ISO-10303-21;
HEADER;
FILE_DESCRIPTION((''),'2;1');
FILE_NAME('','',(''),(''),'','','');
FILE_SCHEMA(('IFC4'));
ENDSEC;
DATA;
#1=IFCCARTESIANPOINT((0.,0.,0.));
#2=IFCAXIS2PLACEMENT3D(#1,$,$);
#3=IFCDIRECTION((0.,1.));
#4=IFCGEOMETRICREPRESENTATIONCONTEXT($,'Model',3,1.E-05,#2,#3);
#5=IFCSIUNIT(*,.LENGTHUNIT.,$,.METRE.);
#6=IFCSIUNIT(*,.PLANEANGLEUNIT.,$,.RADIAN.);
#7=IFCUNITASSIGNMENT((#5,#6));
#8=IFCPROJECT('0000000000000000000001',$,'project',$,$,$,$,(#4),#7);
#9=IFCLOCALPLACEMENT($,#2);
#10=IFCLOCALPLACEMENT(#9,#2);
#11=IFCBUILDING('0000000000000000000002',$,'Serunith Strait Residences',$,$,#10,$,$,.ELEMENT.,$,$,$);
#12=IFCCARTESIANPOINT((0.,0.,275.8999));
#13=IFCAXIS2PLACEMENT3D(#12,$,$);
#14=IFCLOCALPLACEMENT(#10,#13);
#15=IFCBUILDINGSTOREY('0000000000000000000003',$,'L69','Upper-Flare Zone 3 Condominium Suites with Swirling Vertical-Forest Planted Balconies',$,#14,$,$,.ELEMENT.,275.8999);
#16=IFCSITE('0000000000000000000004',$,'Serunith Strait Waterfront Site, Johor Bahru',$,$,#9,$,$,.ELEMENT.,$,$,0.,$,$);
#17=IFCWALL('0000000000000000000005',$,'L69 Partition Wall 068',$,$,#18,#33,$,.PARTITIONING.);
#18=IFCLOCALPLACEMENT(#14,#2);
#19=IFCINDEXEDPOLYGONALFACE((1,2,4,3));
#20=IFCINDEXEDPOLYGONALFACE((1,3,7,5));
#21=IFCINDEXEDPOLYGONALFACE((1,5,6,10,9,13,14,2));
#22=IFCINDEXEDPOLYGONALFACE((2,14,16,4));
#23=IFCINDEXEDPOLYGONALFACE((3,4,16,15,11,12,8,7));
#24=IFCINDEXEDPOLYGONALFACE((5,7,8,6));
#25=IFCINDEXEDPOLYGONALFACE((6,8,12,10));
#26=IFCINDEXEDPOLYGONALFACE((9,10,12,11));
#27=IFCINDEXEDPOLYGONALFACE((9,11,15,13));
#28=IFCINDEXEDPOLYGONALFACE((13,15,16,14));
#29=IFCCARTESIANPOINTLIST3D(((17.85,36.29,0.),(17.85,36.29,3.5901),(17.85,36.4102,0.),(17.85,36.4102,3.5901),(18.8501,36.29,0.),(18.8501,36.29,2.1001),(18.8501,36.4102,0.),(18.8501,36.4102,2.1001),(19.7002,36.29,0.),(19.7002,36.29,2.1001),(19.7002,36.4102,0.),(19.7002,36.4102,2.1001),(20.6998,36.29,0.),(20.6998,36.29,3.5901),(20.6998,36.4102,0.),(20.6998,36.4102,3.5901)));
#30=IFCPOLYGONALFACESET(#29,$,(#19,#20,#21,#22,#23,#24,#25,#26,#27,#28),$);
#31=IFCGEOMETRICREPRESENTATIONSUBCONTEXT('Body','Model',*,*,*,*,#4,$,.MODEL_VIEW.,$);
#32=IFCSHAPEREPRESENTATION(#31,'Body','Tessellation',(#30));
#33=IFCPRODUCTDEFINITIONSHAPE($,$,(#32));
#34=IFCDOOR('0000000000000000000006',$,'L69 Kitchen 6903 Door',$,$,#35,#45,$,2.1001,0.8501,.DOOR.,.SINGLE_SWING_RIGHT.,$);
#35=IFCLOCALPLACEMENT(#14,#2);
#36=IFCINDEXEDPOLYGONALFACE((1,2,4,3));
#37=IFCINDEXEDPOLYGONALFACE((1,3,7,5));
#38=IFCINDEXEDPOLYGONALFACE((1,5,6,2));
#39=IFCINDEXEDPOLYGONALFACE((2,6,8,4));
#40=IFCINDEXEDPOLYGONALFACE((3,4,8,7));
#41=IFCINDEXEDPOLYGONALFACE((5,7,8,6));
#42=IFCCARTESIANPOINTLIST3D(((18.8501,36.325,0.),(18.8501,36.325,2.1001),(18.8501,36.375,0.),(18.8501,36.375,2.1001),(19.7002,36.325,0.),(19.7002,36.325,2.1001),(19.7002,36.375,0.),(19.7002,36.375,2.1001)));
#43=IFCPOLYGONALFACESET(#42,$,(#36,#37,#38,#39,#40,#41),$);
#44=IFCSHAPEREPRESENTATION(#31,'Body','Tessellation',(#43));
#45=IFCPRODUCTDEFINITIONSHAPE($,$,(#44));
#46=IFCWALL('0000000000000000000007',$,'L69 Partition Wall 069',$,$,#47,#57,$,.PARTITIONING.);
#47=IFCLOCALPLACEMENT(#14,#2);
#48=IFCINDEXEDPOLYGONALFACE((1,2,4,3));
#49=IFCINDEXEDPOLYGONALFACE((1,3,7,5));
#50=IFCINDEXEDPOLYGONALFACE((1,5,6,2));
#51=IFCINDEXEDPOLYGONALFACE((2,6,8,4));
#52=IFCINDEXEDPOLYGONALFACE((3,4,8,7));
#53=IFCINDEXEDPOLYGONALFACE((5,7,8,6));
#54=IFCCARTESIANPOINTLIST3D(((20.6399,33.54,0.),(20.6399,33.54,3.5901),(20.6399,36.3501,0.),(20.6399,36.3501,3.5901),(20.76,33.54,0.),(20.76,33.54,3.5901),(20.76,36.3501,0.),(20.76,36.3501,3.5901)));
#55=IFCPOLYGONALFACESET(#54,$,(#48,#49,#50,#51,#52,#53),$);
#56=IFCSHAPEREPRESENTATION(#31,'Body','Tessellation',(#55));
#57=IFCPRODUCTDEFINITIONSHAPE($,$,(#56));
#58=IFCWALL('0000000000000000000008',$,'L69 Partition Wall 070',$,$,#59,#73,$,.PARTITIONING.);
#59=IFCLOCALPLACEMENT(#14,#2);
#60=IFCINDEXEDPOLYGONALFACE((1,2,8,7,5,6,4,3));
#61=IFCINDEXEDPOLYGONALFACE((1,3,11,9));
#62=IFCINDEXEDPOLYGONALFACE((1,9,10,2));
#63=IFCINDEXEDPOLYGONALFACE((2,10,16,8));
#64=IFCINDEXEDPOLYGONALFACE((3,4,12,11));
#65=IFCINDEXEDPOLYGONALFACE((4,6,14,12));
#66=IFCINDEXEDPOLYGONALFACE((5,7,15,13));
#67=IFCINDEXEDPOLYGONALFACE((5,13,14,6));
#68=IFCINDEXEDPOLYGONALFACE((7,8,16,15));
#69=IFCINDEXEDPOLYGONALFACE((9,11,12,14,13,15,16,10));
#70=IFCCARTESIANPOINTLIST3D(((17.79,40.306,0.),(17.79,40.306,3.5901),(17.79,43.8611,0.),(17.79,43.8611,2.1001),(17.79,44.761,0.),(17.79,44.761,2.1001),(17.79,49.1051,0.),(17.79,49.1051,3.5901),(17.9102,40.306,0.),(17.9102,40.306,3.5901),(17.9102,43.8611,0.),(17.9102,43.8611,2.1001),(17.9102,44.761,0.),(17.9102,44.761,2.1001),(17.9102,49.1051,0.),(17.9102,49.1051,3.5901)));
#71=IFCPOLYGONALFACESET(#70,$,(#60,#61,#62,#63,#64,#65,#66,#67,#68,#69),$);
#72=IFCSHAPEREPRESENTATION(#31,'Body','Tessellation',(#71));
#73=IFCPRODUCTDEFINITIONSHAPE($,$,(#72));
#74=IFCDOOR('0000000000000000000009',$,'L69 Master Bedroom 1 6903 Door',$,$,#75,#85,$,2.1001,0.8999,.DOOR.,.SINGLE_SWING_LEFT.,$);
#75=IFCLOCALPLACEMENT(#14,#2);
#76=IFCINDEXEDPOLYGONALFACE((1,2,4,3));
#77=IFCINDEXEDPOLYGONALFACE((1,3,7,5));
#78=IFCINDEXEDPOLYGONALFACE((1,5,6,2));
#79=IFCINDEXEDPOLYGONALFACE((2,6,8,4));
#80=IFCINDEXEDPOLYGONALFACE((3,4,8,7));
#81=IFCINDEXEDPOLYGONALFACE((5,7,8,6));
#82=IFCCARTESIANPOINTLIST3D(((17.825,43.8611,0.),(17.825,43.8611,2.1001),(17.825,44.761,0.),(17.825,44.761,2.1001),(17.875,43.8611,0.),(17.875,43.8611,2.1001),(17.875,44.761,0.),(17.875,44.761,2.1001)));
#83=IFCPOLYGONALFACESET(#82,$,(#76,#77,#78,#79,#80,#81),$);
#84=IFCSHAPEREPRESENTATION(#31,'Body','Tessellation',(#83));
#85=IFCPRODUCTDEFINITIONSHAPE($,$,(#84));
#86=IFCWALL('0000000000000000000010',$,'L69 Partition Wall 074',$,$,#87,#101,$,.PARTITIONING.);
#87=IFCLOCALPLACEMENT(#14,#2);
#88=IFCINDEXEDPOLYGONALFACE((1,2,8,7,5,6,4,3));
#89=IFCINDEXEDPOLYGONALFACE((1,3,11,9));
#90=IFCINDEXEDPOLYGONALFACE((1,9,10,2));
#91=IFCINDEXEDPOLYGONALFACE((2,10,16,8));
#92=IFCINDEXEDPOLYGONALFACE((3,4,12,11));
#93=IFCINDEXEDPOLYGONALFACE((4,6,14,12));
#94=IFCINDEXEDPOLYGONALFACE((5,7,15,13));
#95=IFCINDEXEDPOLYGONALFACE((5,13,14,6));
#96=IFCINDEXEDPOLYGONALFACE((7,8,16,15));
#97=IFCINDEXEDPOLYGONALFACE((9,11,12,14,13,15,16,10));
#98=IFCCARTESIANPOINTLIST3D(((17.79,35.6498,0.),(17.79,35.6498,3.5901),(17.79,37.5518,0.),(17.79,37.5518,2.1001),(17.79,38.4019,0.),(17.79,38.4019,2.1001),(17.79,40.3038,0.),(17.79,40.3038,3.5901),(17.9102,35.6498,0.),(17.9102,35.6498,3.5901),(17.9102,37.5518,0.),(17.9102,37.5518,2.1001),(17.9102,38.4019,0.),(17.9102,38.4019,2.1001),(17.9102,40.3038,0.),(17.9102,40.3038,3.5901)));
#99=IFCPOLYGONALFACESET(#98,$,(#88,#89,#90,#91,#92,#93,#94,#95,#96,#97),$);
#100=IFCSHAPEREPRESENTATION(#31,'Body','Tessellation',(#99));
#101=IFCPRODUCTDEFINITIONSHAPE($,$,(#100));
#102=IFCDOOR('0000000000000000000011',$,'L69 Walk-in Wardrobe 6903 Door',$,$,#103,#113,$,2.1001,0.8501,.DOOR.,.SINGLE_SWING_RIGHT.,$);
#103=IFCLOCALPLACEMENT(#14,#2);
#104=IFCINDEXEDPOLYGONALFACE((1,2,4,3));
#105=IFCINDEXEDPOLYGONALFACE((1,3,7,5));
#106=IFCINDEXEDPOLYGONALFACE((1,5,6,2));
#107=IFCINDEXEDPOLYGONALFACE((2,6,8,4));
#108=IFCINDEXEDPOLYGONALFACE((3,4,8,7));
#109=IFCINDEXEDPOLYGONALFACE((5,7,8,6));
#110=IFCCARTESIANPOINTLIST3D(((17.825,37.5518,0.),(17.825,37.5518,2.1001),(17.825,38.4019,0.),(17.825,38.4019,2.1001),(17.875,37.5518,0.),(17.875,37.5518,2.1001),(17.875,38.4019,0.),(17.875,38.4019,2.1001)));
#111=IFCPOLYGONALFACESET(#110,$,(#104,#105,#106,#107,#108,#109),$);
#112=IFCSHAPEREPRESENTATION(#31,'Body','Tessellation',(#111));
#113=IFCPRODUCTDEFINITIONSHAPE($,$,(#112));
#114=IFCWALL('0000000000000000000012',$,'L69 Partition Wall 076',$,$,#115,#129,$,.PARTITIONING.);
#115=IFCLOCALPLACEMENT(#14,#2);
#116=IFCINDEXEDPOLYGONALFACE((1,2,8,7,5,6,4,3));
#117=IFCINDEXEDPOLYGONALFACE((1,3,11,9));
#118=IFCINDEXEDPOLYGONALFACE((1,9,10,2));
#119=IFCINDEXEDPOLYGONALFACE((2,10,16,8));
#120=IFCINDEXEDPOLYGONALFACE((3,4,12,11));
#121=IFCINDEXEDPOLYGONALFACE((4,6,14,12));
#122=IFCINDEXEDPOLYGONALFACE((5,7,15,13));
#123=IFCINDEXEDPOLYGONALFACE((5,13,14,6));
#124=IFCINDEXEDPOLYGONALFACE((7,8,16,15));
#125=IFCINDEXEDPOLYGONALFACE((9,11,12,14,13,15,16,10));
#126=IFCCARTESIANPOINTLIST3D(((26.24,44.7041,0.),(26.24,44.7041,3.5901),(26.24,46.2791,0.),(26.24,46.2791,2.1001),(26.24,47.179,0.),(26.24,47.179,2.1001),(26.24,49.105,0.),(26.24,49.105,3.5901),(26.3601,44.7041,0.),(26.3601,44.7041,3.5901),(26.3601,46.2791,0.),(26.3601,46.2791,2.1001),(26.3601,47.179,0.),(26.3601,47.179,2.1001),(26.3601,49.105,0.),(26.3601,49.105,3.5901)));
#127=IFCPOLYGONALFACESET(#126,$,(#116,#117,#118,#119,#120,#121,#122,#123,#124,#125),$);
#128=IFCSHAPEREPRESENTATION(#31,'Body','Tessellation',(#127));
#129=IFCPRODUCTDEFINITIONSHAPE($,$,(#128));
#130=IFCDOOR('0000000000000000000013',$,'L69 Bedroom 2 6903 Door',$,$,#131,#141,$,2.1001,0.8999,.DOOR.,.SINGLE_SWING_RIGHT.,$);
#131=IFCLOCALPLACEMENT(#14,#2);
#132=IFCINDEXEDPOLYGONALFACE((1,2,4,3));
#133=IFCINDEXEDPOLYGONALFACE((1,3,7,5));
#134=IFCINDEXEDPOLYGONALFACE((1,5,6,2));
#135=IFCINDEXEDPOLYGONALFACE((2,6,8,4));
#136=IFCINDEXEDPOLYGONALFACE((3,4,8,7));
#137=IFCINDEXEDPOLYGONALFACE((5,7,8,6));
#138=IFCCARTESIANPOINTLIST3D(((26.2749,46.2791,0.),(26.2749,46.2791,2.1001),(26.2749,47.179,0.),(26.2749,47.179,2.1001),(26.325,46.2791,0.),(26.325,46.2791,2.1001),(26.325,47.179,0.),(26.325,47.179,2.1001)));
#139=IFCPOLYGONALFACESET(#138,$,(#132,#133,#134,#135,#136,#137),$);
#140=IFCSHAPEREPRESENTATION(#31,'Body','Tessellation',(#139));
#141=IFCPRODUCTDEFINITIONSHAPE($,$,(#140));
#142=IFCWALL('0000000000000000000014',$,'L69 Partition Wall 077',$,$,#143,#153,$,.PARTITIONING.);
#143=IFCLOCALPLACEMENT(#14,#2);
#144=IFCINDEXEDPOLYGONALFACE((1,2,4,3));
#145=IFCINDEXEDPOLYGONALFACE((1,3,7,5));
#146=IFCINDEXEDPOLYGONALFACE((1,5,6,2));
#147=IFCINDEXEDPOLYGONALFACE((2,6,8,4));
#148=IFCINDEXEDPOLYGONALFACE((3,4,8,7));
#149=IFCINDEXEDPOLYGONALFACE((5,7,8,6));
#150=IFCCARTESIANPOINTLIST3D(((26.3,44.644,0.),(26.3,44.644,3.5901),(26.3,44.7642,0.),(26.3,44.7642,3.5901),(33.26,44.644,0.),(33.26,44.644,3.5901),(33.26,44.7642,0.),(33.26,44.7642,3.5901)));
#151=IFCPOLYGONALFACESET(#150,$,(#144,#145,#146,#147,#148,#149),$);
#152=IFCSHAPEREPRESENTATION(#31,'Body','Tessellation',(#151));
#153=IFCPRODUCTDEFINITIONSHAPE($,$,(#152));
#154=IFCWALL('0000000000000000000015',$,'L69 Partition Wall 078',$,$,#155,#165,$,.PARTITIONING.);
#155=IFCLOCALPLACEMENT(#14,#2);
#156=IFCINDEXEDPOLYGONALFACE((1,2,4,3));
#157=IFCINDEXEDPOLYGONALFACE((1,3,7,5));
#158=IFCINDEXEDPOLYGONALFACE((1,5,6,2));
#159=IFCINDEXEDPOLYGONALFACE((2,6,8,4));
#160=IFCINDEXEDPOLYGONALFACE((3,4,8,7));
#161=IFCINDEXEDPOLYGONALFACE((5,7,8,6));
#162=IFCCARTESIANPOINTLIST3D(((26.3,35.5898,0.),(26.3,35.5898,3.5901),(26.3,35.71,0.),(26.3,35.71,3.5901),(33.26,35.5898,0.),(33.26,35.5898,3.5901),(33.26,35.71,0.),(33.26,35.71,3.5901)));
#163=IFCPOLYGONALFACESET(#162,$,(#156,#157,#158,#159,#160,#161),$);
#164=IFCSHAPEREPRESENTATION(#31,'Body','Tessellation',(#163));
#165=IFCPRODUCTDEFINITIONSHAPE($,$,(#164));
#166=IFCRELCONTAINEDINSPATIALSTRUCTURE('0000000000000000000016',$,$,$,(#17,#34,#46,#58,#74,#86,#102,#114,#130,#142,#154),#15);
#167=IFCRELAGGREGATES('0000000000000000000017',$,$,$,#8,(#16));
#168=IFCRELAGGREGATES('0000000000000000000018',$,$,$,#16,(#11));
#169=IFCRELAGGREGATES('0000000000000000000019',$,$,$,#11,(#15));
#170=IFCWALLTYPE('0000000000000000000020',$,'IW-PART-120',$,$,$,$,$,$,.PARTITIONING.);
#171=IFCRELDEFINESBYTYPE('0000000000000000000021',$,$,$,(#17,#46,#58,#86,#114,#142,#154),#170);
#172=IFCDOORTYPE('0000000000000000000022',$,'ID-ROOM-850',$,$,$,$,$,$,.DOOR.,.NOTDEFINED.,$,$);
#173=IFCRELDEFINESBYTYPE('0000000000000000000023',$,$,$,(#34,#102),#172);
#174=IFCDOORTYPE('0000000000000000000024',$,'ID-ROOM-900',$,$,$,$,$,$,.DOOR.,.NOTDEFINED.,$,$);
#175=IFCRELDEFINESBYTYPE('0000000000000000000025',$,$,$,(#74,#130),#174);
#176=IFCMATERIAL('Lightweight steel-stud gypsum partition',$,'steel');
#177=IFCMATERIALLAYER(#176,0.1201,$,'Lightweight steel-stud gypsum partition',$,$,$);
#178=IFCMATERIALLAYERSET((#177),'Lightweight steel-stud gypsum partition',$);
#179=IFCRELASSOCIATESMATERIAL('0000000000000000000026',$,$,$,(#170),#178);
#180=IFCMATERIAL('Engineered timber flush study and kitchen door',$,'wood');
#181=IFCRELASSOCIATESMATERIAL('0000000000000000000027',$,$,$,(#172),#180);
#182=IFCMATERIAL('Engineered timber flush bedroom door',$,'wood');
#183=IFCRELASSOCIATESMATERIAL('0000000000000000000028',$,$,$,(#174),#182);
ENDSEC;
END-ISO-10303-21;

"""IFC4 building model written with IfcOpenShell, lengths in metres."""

from ifc_helpers import new_model, si_unit, direction, frame, frame_2d, origin, place, context, subcontext, project, spatial, rectangle, extrude, source, transform, mapped, material, layer, layer_set, type_object, element, fill, save


model = new_model("IFC4")

# Units and contexts
model_context = context("Model", 3, precision=1e-05, world=origin(), true_north=direction((0.0, 1.0)))
body_context = subcontext(model_context, "Body", "Model", "MODEL_VIEW")
ifc_project = project(units=[si_unit("LENGTHUNIT", "METRE"), si_unit("PLANEANGLEUNIT", "RADIAN")], contexts=[model_context])

# Site, building, storey
site_placement = place(None, origin())
site = spatial("IfcSite", under=ifc_project, at=site_placement, Name="Serunith Strait Waterfront Site, Johor Bahru", CompositionType="ELEMENT", RefElevation=0.0)
building_placement = place(site_placement, origin())
building = spatial("IfcBuilding", under=site, at=building_placement, Name="Serunith Strait Residences", CompositionType="ELEMENT")
storey_placement = place(building_placement, frame((0.0, 0.0, 275.8999)))
storey = spatial("IfcBuildingStorey", under=building, at=storey_placement, Name="L69", Description="Upper-Flare Zone 3 Condominium Suites with Swirling Vertical-Forest Planted Balconies", CompositionType="ELEMENT", Elevation=275.8999)

# Wall, opening, door
ifc_material_1 = material(Name="Lightweight steel-stud gypsum partition", Category="steel")
ifc_layer_1 = layer(ifc_material_1, 0.1201, Name="Lightweight steel-stud gypsum partition")
ifc_layer_set_1 = layer_set([ifc_layer_1], Name="Lightweight steel-stud gypsum partition")
wall_type = type_object("IfcWallType", Name="IW-PART-120", PredefinedType="PARTITIONING", material=ifc_layer_set_1)
wall_1_placement = place(storey_placement, frame((17.8501, 36.3501, 0.0), z_axis=(0.0, 0.0, 1.0), x_axis=(1.0, 0.0, 0.0)))
wall_1 = element("IfcWall", 1, at=wall_1_placement, inside=storey, type_object=wall_type, Name="L69 Partition Wall 068", PredefinedType="PARTITIONING", context=body_context, shape_type="SweptSolid", body=[
    extrude(rectangle(XDim=2.8499, YDim=0.1201, at=frame_2d((1.4248, 0.0))), origin(), (0.0, 0.0, 1.0), 3.5901),
])
opening_1_placement = place(wall_1_placement, frame((1.0, 0.0, 0.0)))
opening_1 = element("IfcOpeningElement", 2, at=opening_1_placement, cuts=wall_1, PredefinedType="OPENING", context=body_context, shape_type="SweptSolid", body=[
    extrude(rectangle(XDim=0.8501, YDim=2.1001, at=frame_2d((0.425, 1.05))), frame((0.0, 0.0701, 0.0), z_axis=(0.0, -1.0, 0.0), x_axis=(1.0, 0.0, 0.0)), (0.0, 0.0, 1.0), 0.1401),
])
ifc_material_2 = material(Name="Engineered timber flush study and kitchen door", Category="wood")
door_type_1 = type_object("IfcDoorType", Name="ID-ROOM-850", OperationType="NOTDEFINED", PredefinedType="DOOR", material=ifc_material_2)
shared_shape_1 = source(origin(), body_context, "Body", "SweptSolid", [
    extrude(rectangle(XDim=0.8501, YDim=2.1001, at=frame_2d((0.425, 1.05))), frame((0.0, 0.0249, 0.0), z_axis=(0.0, -1.0, 0.0), x_axis=(1.0, 0.0, 0.0)), (0.0, 0.0, 1.0), 0.05),
])
door_1_placement = place(opening_1_placement, origin())
door_1 = element("IfcDoor", 3, at=door_1_placement, inside=storey, type_object=door_type_1, Name="L69 Kitchen 6903 Door", OperationType="SINGLE_SWING_RIGHT", OverallHeight=2.1001, OverallWidth=0.8501, PredefinedType="DOOR", context=body_context, shape_type="MappedRepresentation", body=[
    mapped(shared_shape_1, transform((0.0, 0.0, 0.0), scale=1.0)),
])
fill(opening_1, door_1)

# Wall
wall_2_placement = place(storey_placement, frame((20.7, 36.3501, 0.0), z_axis=(0.0, 0.0, 1.0), x_axis=(0.0, -1.0, 0.0)))
element("IfcWall", 4, at=wall_2_placement, inside=storey, type_object=wall_type, Name="L69 Partition Wall 069", PredefinedType="PARTITIONING", context=body_context, shape_type="SweptSolid", body=[
    extrude(rectangle(XDim=2.8101, YDim=0.1201, at=frame_2d((1.405, 0.0))), origin(), (0.0, 0.0, 1.0), 3.5901),
])

# Walls, openings, doors
wall_3_placement = place(storey_placement, frame((17.8501, 49.105, 0.0), z_axis=(0.0, 0.0, 1.0), x_axis=(0.0, -1.0, 0.0)))
wall_3 = element("IfcWall", 5, at=wall_3_placement, inside=storey, type_object=wall_type, Name="L69 Partition Wall 070", PredefinedType="PARTITIONING", context=body_context, shape_type="SweptSolid", body=[
    extrude(rectangle(XDim=8.7991, YDim=0.1201, at=frame_2d((4.3994, 0.0))), origin(), (0.0, 0.0, 1.0), 3.5901),
])
opening_2_placement = place(wall_3_placement, frame((4.344, 0.0, 0.0)))
opening_2 = element("IfcOpeningElement", 6, at=opening_2_placement, cuts=wall_3, PredefinedType="OPENING", context=body_context, shape_type="SweptSolid", body=[
    extrude(rectangle(XDim=0.8999, YDim=2.1001, at=frame_2d((0.45, 1.05))), frame((0.0, 0.0701, 0.0), z_axis=(0.0, -1.0, 0.0), x_axis=(1.0, 0.0, 0.0)), (0.0, 0.0, 1.0), 0.1401),
])
ifc_material_3 = material(Name="Engineered timber flush bedroom door", Category="wood")
door_type_2 = type_object("IfcDoorType", Name="ID-ROOM-900", OperationType="NOTDEFINED", PredefinedType="DOOR", material=ifc_material_3)
shared_shape_2 = source(origin(), body_context, "Body", "SweptSolid", [
    extrude(rectangle(XDim=0.8999, YDim=2.1001, at=frame_2d((0.45, 1.05))), frame((0.0, 0.0249, 0.0), z_axis=(0.0, -1.0, 0.0), x_axis=(1.0, 0.0, 0.0)), (0.0, 0.0, 1.0), 0.05),
])
door_2_placement = place(opening_2_placement, origin())
door_2 = element("IfcDoor", 7, at=door_2_placement, inside=storey, type_object=door_type_2, Name="L69 Master Bedroom 1 6903 Door", OperationType="SINGLE_SWING_LEFT", OverallHeight=2.1001, OverallWidth=0.8999, PredefinedType="DOOR", context=body_context, shape_type="MappedRepresentation", body=[
    mapped(shared_shape_2, transform((0.0, 0.0, 0.0), scale=1.0)),
])
fill(opening_2, door_2)
wall_4_placement = place(storey_placement, frame((17.8501, 40.304, 0.0), z_axis=(0.0, 0.0, 1.0), x_axis=(0.0, -1.0, 0.0)))
wall_4 = element("IfcWall", 8, at=wall_4_placement, inside=storey, type_object=wall_type, Name="L69 Partition Wall 074", PredefinedType="PARTITIONING", context=body_context, shape_type="SweptSolid", body=[
    extrude(rectangle(XDim=4.6541, YDim=0.1201, at=frame_2d((2.3271, 0.0))), origin(), (0.0, 0.0, 1.0), 3.5901),
])
opening_3_placement = place(wall_4_placement, frame((1.9021, 0.0, 0.0)))
opening_3 = element("IfcOpeningElement", 9, at=opening_3_placement, cuts=wall_4, PredefinedType="OPENING", context=body_context, shape_type="SweptSolid", body=[
    extrude(rectangle(XDim=0.8501, YDim=2.1001, at=frame_2d((0.425, 1.05))), frame((0.0, 0.0701, 0.0), z_axis=(0.0, -1.0, 0.0), x_axis=(1.0, 0.0, 0.0)), (0.0, 0.0, 1.0), 0.1401),
])
door_3_placement = place(opening_3_placement, origin())
door_3 = element("IfcDoor", 10, at=door_3_placement, inside=storey, type_object=door_type_1, Name="L69 Walk-in Wardrobe 6903 Door", OperationType="SINGLE_SWING_RIGHT", OverallHeight=2.1001, OverallWidth=0.8501, PredefinedType="DOOR", context=body_context, shape_type="MappedRepresentation", body=[
    mapped(shared_shape_1, transform((0.0, 0.0, 0.0), scale=1.0)),
])
fill(opening_3, door_3)
wall_5_placement = place(storey_placement, frame((26.3, 49.105, 0.0), z_axis=(0.0, 0.0, 1.0), x_axis=(0.0, -1.0, 0.0)))
wall_5 = element("IfcWall", 11, at=wall_5_placement, inside=storey, type_object=wall_type, Name="L69 Partition Wall 076", PredefinedType="PARTITIONING", context=body_context, shape_type="SweptSolid", body=[
    extrude(rectangle(XDim=4.4009, YDim=0.1201, at=frame_2d((2.2004, 0.0))), origin(), (0.0, 0.0, 1.0), 3.5901),
])
opening_4_placement = place(wall_5_placement, frame((1.926, 0.0, 0.0)))
opening_4 = element("IfcOpeningElement", 12, at=opening_4_placement, cuts=wall_5, PredefinedType="OPENING", context=body_context, shape_type="SweptSolid", body=[
    extrude(rectangle(XDim=0.8999, YDim=2.1001, at=frame_2d((0.45, 1.05))), frame((0.0, 0.0701, 0.0), z_axis=(0.0, -1.0, 0.0), x_axis=(1.0, 0.0, 0.0)), (0.0, 0.0, 1.0), 0.1401),
])
door_4_placement = place(opening_4_placement, origin())
door_4 = element("IfcDoor", 13, at=door_4_placement, inside=storey, type_object=door_type_2, Name="L69 Bedroom 2 6903 Door", OperationType="SINGLE_SWING_RIGHT", OverallHeight=2.1001, OverallWidth=0.8999, PredefinedType="DOOR", context=body_context, shape_type="MappedRepresentation", body=[
    mapped(shared_shape_2, transform((0.0, 0.0, 0.0), scale=1.0)),
])
fill(opening_4, door_4)

# Walls
for number, where, z_axis, x_axis, name in (
    (14, (26.3, 44.7041, 0.0), (0.0, 0.0, 1.0), (1.0, 0.0, 0.0), "L69 Partition Wall 077"),
    (15, (26.3, 35.6499, 0.0), (0.0, 0.0, 1.0), (1.0, 0.0, 0.0), "L69 Partition Wall 078"),
):
    element("IfcWall", number, at=place(storey_placement, frame(where, z_axis=z_axis, x_axis=x_axis)), inside=storey, type_object=wall_type, Name=name, PredefinedType="PARTITIONING", context=body_context, shape_type="SweptSolid", body=[
        extrude(rectangle(XDim=6.96, YDim=0.1201, at=frame_2d((3.48, 0.0))), origin(), (0.0, 0.0, 1.0), 3.5901),
    ])

save(model, "model.ifc")
